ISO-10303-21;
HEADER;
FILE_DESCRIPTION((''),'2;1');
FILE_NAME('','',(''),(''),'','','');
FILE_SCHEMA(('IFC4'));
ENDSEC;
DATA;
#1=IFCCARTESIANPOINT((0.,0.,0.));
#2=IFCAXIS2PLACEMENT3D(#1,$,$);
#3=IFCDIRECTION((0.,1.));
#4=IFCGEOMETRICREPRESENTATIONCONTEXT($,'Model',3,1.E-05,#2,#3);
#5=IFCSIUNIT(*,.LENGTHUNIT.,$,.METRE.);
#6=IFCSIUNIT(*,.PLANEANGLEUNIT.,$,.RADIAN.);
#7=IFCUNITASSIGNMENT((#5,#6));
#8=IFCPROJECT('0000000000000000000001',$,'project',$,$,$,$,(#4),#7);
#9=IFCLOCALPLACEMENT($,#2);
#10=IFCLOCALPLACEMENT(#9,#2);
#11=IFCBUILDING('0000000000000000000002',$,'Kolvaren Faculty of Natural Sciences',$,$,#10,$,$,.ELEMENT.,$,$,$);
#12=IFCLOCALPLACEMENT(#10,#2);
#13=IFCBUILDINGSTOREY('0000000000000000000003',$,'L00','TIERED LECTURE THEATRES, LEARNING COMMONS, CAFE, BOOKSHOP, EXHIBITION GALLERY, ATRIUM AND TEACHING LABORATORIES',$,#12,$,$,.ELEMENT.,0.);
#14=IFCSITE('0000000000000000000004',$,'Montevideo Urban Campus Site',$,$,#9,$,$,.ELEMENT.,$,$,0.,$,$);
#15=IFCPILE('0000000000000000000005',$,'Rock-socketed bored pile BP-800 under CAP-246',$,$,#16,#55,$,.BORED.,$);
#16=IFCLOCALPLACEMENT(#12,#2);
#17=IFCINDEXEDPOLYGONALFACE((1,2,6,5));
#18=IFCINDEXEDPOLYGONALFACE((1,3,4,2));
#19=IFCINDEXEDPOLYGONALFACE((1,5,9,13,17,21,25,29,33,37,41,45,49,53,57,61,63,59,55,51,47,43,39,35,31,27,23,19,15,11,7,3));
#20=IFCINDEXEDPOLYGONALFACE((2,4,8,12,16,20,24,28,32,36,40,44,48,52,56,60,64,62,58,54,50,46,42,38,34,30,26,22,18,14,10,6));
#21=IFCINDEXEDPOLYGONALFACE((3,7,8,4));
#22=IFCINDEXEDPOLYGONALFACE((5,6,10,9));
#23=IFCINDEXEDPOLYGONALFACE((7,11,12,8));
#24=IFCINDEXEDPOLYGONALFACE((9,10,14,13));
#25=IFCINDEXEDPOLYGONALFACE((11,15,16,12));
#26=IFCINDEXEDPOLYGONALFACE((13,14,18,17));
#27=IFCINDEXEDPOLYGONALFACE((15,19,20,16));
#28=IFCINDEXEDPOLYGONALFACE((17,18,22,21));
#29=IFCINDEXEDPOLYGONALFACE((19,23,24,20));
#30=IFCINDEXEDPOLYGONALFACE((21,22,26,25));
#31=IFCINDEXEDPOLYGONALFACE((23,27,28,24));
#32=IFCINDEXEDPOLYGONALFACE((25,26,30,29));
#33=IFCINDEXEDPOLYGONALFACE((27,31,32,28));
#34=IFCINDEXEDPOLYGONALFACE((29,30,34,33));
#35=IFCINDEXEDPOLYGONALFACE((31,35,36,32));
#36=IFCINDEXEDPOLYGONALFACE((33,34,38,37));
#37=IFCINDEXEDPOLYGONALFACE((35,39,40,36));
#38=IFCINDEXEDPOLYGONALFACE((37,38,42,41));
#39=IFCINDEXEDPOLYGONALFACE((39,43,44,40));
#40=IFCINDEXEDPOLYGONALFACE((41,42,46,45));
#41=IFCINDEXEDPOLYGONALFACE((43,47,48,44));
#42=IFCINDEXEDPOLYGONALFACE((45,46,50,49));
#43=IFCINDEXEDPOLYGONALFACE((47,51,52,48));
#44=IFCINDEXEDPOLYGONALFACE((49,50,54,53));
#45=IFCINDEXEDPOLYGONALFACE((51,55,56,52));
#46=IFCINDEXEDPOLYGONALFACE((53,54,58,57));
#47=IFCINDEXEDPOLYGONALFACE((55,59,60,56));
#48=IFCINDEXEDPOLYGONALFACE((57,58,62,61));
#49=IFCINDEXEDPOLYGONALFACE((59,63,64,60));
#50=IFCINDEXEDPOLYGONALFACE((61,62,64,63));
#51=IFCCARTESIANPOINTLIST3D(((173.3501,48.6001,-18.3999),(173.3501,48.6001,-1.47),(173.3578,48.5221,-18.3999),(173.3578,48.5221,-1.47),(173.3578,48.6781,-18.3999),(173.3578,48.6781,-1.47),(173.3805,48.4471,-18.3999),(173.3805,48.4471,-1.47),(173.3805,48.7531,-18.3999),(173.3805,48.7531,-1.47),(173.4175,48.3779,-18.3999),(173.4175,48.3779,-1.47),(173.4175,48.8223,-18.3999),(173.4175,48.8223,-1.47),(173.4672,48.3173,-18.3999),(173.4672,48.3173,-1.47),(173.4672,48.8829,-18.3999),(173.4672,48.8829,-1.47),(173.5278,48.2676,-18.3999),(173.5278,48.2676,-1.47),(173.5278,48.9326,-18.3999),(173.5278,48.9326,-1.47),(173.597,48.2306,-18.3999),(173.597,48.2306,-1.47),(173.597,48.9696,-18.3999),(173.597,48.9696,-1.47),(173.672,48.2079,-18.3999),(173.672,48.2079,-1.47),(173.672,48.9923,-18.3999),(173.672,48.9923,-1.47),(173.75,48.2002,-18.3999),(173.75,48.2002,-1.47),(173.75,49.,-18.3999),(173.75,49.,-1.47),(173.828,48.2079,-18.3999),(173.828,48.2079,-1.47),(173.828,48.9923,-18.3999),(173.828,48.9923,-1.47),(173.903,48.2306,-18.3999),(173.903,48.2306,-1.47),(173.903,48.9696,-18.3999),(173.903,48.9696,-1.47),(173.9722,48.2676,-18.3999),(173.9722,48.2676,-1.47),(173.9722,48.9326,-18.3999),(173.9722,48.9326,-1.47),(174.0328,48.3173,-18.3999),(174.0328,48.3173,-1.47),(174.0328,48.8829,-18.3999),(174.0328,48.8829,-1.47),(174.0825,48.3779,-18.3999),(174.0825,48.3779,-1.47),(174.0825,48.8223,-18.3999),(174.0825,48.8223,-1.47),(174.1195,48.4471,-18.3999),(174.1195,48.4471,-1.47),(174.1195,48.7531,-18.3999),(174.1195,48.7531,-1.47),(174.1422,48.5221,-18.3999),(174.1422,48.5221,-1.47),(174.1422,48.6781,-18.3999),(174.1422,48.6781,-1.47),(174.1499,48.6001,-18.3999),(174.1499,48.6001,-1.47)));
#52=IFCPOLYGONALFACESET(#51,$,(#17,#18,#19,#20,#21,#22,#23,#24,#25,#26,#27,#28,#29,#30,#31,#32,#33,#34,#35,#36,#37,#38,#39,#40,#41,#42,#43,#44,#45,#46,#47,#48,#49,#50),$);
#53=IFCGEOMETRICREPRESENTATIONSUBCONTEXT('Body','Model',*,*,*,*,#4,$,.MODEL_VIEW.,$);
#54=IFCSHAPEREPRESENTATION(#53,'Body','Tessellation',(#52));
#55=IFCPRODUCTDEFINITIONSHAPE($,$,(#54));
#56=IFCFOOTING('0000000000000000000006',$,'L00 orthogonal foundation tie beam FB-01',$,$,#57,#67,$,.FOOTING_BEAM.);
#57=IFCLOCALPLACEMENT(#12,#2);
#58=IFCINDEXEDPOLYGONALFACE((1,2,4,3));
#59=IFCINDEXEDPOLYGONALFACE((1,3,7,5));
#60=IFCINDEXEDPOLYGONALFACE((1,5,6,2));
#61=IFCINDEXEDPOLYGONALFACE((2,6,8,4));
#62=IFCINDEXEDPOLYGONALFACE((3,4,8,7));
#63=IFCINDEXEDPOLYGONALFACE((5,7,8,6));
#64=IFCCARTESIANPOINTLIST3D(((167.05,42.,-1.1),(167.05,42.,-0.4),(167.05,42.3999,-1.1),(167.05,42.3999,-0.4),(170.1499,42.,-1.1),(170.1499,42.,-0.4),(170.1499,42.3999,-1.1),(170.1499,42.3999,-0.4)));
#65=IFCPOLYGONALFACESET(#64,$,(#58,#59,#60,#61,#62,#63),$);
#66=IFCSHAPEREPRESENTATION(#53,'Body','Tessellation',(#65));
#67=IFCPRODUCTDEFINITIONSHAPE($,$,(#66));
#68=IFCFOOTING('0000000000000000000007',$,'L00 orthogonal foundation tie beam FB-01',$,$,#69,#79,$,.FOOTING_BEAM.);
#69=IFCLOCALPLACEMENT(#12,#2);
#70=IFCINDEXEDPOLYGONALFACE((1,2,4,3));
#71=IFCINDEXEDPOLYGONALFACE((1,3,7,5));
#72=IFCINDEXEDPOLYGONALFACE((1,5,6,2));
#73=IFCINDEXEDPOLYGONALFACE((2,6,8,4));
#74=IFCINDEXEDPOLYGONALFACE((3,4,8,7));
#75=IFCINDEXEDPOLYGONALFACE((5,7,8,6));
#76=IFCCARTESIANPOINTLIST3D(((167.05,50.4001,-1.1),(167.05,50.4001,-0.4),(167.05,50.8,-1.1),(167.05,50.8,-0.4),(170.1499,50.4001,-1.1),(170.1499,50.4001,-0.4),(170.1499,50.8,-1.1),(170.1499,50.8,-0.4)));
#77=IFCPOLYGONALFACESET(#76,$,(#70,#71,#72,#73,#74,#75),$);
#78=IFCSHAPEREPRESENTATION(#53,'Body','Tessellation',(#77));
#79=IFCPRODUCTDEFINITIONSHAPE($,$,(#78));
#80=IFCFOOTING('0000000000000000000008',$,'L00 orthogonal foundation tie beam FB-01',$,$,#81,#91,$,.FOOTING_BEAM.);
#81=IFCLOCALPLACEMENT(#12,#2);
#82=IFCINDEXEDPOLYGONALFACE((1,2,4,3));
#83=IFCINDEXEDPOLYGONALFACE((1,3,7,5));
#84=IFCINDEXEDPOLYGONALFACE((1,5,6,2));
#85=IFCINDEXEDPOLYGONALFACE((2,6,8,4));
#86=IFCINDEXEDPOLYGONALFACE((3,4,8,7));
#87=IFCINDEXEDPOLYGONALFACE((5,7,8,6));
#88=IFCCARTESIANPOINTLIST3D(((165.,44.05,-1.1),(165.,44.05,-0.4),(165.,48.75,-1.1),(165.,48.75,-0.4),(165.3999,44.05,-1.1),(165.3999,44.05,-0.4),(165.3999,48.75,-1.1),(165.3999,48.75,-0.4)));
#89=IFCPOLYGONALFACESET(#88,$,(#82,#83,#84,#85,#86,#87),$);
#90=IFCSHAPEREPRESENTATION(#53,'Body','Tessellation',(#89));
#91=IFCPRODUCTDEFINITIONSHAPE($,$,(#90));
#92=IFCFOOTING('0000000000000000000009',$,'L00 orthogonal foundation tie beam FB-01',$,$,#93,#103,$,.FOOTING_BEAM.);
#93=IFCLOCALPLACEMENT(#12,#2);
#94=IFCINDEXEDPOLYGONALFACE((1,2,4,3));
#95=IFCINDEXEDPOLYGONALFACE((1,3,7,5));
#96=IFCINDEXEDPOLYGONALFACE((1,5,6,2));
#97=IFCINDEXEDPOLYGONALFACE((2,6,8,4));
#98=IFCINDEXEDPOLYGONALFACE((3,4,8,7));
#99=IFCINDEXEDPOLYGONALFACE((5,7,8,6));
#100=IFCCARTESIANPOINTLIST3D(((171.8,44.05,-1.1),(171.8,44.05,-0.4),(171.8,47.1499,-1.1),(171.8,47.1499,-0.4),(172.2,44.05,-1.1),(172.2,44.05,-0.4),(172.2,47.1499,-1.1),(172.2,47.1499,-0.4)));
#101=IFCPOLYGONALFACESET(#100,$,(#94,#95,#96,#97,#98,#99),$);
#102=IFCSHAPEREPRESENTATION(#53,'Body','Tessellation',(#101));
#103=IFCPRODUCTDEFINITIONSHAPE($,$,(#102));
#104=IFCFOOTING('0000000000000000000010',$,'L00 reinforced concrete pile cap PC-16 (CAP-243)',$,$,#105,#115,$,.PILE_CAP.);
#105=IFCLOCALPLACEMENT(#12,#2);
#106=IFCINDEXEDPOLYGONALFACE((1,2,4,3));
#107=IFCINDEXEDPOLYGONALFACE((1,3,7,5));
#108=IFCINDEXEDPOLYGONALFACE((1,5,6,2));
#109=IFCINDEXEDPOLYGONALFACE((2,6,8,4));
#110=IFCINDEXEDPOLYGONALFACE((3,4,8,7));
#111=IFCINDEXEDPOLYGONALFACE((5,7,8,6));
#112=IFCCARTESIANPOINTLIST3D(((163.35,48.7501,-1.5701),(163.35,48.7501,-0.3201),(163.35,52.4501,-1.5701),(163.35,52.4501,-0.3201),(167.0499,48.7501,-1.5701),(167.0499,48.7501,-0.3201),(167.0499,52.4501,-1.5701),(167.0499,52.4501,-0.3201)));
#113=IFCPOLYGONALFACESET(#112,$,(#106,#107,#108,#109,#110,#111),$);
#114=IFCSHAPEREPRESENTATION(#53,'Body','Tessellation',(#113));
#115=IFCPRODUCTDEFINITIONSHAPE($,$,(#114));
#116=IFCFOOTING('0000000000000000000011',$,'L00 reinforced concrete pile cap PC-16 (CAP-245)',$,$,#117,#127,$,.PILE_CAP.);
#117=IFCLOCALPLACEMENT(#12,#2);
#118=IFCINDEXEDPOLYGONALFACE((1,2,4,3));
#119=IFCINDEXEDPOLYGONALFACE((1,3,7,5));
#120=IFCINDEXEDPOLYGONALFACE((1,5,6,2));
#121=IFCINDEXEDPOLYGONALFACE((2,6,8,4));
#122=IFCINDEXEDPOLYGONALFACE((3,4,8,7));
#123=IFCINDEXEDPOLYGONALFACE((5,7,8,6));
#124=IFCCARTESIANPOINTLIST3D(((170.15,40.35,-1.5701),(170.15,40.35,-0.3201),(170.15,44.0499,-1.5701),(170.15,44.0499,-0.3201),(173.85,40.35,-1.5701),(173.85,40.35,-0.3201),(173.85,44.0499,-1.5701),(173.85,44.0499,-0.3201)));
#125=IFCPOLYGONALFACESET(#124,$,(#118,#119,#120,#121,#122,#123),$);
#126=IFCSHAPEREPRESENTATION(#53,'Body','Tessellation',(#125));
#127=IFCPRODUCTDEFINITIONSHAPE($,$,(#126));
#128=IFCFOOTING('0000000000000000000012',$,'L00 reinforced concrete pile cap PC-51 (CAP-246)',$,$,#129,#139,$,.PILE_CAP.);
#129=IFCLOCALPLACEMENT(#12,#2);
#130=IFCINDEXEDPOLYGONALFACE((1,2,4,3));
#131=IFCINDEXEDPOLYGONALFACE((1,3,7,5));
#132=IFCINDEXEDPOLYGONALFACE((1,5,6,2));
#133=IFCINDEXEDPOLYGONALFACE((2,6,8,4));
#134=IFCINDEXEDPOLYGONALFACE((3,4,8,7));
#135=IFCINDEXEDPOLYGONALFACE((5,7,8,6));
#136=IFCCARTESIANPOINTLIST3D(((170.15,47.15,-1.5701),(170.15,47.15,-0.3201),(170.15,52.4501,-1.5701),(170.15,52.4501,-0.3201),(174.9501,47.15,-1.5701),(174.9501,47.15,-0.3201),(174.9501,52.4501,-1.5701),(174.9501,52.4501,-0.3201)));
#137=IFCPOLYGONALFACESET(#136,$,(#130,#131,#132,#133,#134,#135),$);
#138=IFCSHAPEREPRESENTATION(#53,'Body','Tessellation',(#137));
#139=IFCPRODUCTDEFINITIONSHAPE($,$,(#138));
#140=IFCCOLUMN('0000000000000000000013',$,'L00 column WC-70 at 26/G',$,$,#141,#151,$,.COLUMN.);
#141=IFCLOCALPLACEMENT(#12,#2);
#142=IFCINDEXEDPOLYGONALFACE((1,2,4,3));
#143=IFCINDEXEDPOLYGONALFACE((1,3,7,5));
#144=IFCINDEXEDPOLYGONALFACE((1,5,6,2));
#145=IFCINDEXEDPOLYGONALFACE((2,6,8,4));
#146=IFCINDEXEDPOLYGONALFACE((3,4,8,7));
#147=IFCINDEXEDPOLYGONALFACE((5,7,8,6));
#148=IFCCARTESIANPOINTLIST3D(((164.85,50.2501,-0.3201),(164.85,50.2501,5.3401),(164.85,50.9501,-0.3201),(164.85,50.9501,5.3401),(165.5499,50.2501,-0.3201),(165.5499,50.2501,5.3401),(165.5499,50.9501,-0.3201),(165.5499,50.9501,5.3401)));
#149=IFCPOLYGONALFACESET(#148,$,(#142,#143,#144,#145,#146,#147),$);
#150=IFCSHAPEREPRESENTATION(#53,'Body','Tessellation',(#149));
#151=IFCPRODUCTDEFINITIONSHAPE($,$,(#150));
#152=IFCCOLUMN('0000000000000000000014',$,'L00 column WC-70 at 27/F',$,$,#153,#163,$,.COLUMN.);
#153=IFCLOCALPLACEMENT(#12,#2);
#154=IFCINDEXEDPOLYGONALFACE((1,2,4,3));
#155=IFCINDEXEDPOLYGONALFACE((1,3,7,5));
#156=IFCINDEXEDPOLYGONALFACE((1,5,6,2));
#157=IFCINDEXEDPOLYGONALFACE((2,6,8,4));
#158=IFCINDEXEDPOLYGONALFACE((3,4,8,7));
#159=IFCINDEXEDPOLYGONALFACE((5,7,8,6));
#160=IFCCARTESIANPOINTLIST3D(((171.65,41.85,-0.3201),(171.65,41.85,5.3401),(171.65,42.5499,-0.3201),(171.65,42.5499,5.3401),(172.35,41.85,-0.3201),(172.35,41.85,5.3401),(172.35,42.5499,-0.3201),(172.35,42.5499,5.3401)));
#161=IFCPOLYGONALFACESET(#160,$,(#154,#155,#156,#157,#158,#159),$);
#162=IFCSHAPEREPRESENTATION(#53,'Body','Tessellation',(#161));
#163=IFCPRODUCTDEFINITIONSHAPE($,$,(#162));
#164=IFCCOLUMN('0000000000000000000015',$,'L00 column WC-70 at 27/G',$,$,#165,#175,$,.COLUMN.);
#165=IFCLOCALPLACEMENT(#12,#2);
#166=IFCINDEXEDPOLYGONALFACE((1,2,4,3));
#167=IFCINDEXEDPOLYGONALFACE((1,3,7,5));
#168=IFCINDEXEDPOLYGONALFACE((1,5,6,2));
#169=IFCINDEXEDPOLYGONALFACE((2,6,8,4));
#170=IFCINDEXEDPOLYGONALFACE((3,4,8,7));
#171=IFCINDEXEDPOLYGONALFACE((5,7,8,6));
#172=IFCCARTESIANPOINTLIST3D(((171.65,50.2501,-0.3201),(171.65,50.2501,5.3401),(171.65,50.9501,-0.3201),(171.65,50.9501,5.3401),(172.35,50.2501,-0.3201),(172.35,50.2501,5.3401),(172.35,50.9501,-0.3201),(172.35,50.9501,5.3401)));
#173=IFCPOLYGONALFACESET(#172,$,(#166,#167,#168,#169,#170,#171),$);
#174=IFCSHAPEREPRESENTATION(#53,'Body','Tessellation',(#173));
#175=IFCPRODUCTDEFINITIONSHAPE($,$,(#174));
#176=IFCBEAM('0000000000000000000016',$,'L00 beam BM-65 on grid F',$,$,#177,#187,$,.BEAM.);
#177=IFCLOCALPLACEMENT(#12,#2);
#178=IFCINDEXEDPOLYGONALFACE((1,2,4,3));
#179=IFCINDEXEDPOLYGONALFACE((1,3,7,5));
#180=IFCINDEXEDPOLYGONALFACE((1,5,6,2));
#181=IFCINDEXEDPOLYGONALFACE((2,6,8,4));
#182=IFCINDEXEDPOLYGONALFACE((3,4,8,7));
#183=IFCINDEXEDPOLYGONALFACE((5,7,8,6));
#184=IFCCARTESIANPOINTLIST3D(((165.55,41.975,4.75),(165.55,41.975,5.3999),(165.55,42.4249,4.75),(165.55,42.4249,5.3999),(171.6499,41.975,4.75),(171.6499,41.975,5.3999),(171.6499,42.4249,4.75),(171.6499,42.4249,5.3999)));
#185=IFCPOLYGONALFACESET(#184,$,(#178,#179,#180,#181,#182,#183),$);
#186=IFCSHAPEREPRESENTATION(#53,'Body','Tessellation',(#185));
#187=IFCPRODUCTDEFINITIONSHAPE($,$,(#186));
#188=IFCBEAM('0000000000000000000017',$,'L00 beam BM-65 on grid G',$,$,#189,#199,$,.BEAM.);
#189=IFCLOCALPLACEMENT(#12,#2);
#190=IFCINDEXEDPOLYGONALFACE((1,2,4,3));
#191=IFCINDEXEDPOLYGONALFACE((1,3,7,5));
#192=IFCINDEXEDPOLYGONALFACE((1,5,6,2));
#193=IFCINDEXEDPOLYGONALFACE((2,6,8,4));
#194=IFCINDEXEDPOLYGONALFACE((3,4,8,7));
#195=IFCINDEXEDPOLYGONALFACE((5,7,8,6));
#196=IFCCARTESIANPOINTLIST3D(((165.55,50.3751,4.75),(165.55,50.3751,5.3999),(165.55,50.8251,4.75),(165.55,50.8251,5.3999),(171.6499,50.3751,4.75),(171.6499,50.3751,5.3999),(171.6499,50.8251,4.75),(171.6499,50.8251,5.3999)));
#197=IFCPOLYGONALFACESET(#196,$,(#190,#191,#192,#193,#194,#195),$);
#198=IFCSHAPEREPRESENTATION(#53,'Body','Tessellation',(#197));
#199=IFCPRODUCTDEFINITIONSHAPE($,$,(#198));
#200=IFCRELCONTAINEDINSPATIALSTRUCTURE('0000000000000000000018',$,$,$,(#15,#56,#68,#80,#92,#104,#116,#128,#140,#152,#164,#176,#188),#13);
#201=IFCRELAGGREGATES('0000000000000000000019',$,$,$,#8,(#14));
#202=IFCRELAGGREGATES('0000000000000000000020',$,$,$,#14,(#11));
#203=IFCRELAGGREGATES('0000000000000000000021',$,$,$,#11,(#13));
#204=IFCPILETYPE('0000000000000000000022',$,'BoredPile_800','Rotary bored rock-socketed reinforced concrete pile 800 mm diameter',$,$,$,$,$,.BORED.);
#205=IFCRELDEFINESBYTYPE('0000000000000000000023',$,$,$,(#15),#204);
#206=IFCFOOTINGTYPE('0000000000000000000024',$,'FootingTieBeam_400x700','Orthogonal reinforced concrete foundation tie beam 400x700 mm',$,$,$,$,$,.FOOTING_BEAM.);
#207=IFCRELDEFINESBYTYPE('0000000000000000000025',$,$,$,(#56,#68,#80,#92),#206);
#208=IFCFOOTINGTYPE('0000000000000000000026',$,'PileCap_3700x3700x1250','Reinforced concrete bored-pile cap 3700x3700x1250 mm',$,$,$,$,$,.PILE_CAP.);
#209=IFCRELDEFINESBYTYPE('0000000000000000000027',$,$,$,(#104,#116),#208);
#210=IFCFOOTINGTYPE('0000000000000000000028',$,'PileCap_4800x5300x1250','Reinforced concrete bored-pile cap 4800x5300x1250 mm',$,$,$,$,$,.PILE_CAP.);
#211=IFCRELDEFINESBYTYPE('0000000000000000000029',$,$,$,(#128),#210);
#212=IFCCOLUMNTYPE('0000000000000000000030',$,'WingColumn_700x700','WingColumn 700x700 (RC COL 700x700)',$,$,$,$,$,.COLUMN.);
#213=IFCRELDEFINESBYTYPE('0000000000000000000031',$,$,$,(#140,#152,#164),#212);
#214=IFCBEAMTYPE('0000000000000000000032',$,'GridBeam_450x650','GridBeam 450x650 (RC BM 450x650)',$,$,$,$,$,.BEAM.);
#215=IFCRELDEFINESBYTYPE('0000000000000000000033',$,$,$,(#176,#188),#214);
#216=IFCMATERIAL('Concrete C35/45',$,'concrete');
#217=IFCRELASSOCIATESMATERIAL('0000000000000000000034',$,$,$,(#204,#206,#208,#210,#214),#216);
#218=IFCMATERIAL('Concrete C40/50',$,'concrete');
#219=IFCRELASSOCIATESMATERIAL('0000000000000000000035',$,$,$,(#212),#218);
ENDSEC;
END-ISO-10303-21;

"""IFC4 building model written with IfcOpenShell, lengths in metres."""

from ifc_helpers import new_model, si_unit, direction, frame, origin, origin_2d, place, context, subcontext, project, spatial, rectangle, circle, extrude, material, material_profile, profile_set, type_object, element, save


model = new_model("IFC4")

# Units and contexts
model_context = context("Model", 3, precision=1e-05, world=origin(), true_north=direction((0.0, 1.0)))
body_context = subcontext(model_context, "Body", "Model", "MODEL_VIEW")
ifc_project = project(units=[si_unit("LENGTHUNIT", "METRE"), si_unit("PLANEANGLEUNIT", "RADIAN")], contexts=[model_context])

# Site, building, storey
site_placement = place(None, origin())
site = spatial("IfcSite", under=ifc_project, at=site_placement, Name="Montevideo Urban Campus Site", CompositionType="ELEMENT", RefElevation=0.0)
building_placement = place(site_placement, origin())
building = spatial("IfcBuilding", under=site, at=building_placement, Name="Kolvaren Faculty of Natural Sciences", CompositionType="ELEMENT")
storey_placement = place(building_placement, origin())
storey = spatial("IfcBuildingStorey", under=building, at=storey_placement, Name="L00", Description="TIERED LECTURE THEATRES, LEARNING COMMONS, CAFE, BOOKSHOP, EXHIBITION GALLERY, ATRIUM AND TEACHING LABORATORIES", CompositionType="ELEMENT", Elevation=0.0)

# Pile
ifc_material_1 = material(Name="Concrete C35/45", Category="concrete")
ifc_material_profile_1 = material_profile(ifc_material_1, circle(Radius=0.3999, at=origin_2d()), Name="PILE D800")
ifc_profile_set_1 = profile_set([ifc_material_profile_1], Name="Concrete C35/45")
pile_type = type_object("IfcPileType", Name="BoredPile_800", Description="Rotary bored rock-socketed reinforced concrete pile 800 mm diameter", PredefinedType="BORED", material=ifc_profile_set_1)
for number, where, z_axis, x_axis, name in (
    (1, (173.75, 48.6001, -1.47), (0.0, 0.0, -1.0), (1.0, 0.0, 0.0), "Rock-socketed bored pile BP-800 under CAP-246"),
):
    element("IfcPile", number, at=place(storey_placement, frame(where, z_axis=z_axis, x_axis=x_axis)), inside=storey, type_object=pile_type, Name=name, PredefinedType="BORED", context=body_context, shape_type="SweptSolid", body=[
        extrude(circle(Radius=0.3999, at=origin_2d()), origin(), (0.0, 0.0, 1.0), 16.9299),
    ])

# Footings
ifc_material_profile_2 = material_profile(ifc_material_1, rectangle(XDim=0.3999, YDim=0.7, at=origin_2d()), Name="RC FB 400x700")
ifc_profile_set_2 = profile_set([ifc_material_profile_2], Name="Concrete C35/45")
footing_type_1 = type_object("IfcFootingType", Name="FootingTieBeam_400x700", Description="Orthogonal reinforced concrete foundation tie beam 400x700 mm", PredefinedType="FOOTING_BEAM", material=ifc_profile_set_2)
for number, where, z_axis, x_axis, name in (
    (2, (167.05, 42.2, -0.75), (1.0, 0.0, 0.0), (0.0, 1.0, 0.0), "L00 orthogonal foundation tie beam FB-01"),
    (3, (167.05, 50.6001, -0.75), (1.0, 0.0, 0.0), (0.0, 1.0, 0.0), "L00 orthogonal foundation tie beam FB-01"),
):
    element("IfcFooting", number, at=place(storey_placement, frame(where, z_axis=z_axis, x_axis=x_axis)), inside=storey, type_object=footing_type_1, Name=name, PredefinedType="FOOTING_BEAM", context=body_context, shape_type="SweptSolid", body=[
        extrude(rectangle(XDim=0.3999, YDim=0.7, at=origin_2d()), origin(), (0.0, 0.0, 1.0), 3.0999),
    ])
footing_1_placement = place(storey_placement, frame((165.2, 44.05, -0.75), z_axis=(0.0, 1.0, 0.0), x_axis=(-1.0, 0.0, 0.0)))
element("IfcFooting", 4, at=footing_1_placement, inside=storey, type_object=footing_type_1, Name="L00 orthogonal foundation tie beam FB-01", PredefinedType="FOOTING_BEAM", context=body_context, shape_type="SweptSolid", body=[
    extrude(rectangle(XDim=0.3999, YDim=0.7, at=origin_2d()), origin(), (0.0, 0.0, 1.0), 4.7),
])
footing_2_placement = place(storey_placement, frame((172.0, 44.05, -0.75), z_axis=(0.0, 1.0, 0.0), x_axis=(-1.0, 0.0, 0.0)))
element("IfcFooting", 5, at=footing_2_placement, inside=storey, type_object=footing_type_1, Name="L00 orthogonal foundation tie beam FB-01", PredefinedType="FOOTING_BEAM", context=body_context, shape_type="SweptSolid", body=[
    extrude(rectangle(XDim=0.3999, YDim=0.7, at=origin_2d()), origin(), (0.0, 0.0, 1.0), 3.0999),
])
footing_type_2 = type_object("IfcFootingType", Name="PileCap_3700x3700x1250", Description="Reinforced concrete bored-pile cap 3700x3700x1250 mm", PredefinedType="PILE_CAP", material=ifc_material_1)
for number, where, z_axis, x_axis, name in (
    (6, (165.2, 50.6001, -1.5701), (0.0, 0.0, 1.0), (1.0, 0.0, 0.0), "L00 reinforced concrete pile cap PC-16 (CAP-243)"),
    (7, (172.0, 42.2, -1.5701), (0.0, 0.0, 1.0), (1.0, 0.0, 0.0), "L00 reinforced concrete pile cap PC-16 (CAP-245)"),
):
    element("IfcFooting", number, at=place(storey_placement, frame(where, z_axis=z_axis, x_axis=x_axis)), inside=storey, type_object=footing_type_2, Name=name, PredefinedType="PILE_CAP", context=body_context, shape_type="SweptSolid", body=[
        extrude(rectangle(XDim=3.7, YDim=3.7, at=origin_2d()), origin(), (0.0, 0.0, 1.0), 1.25),
    ])
footing_type_3 = type_object("IfcFootingType", Name="PileCap_4800x5300x1250", Description="Reinforced concrete bored-pile cap 4800x5300x1250 mm", PredefinedType="PILE_CAP", material=ifc_material_1)
footing_3_placement = place(storey_placement, frame((172.55, 49.8, -1.5701), z_axis=(0.0, 0.0, 1.0), x_axis=(1.0, 0.0, 0.0)))
element("IfcFooting", 8, at=footing_3_placement, inside=storey, type_object=footing_type_3, Name="L00 reinforced concrete pile cap PC-51 (CAP-246)", PredefinedType="PILE_CAP", context=body_context, shape_type="SweptSolid", body=[
    extrude(rectangle(XDim=4.8, YDim=5.3, at=origin_2d()), origin(), (0.0, 0.0, 1.0), 1.25),
])

# Columns
ifc_material_2 = material(Name="Concrete C40/50", Category="concrete")
ifc_material_profile_3 = material_profile(ifc_material_2, rectangle(XDim=0.7, YDim=0.7, at=origin_2d()), Name="RC COL 700x700")
ifc_profile_set_3 = profile_set([ifc_material_profile_3], Name="Concrete C40/50")
column_type = type_object("IfcColumnType", Name="WingColumn_700x700", Description="WingColumn 700x700 (RC COL 700x700)", PredefinedType="COLUMN", material=ifc_profile_set_3)
for number, where, z_axis, x_axis, name in (
    (9, (165.2, 50.6001, -0.3201), (0.0, 0.0, 1.0), (1.0, 0.0, 0.0), "L00 column WC-70 at 26/G"),
    (10, (172.0, 42.2, -0.3201), (0.0, 0.0, 1.0), (1.0, 0.0, 0.0), "L00 column WC-70 at 27/F"),
    (11, (172.0, 50.6001, -0.3201), (0.0, 0.0, 1.0), (1.0, 0.0, 0.0), "L00 column WC-70 at 27/G"),
):
    element("IfcColumn", number, at=place(storey_placement, frame(where, z_axis=z_axis, x_axis=x_axis)), inside=storey, type_object=column_type, Name=name, PredefinedType="COLUMN", context=body_context, shape_type="SweptSolid", body=[
        extrude(rectangle(XDim=0.7, YDim=0.7, at=origin_2d()), origin(), (0.0, 0.0, 1.0), 5.6602),
    ])

# Beams
ifc_material_profile_4 = material_profile(ifc_material_1, rectangle(XDim=0.45, YDim=0.6499, at=origin_2d()), Name="RC BM 450x650")
ifc_profile_set_4 = profile_set([ifc_material_profile_4], Name="Concrete C35/45")
beam_type_1 = type_object("IfcBeamType", Name="GridBeam_450x650", Description="GridBeam 450x650 (RC BM 450x650)", PredefinedType="BEAM", material=ifc_profile_set_4)
for number, where, z_axis, x_axis, name in (
    (12, (165.55, 42.2, 5.075), (1.0, 0.0, 0.0), (0.0, 1.0, 0.0), "L00 beam BM-65 on grid F"),
    (13, (165.55, 50.6001, 5.075), (1.0, 0.0, 0.0), (0.0, 1.0, 0.0), "L00 beam BM-65 on grid G"),
):
    element("IfcBeam", number, at=place(storey_placement, frame(where, z_axis=z_axis, x_axis=x_axis)), inside=storey, type_object=beam_type_1, Name=name, PredefinedType="BEAM", context=body_context, shape_type="SweptSolid", body=[
        extrude(rectangle(XDim=0.45, YDim=0.6499, at=origin_2d()), origin(), (0.0, 0.0, 1.0), 6.0999),
    ])

save(model, "model.ifc")
